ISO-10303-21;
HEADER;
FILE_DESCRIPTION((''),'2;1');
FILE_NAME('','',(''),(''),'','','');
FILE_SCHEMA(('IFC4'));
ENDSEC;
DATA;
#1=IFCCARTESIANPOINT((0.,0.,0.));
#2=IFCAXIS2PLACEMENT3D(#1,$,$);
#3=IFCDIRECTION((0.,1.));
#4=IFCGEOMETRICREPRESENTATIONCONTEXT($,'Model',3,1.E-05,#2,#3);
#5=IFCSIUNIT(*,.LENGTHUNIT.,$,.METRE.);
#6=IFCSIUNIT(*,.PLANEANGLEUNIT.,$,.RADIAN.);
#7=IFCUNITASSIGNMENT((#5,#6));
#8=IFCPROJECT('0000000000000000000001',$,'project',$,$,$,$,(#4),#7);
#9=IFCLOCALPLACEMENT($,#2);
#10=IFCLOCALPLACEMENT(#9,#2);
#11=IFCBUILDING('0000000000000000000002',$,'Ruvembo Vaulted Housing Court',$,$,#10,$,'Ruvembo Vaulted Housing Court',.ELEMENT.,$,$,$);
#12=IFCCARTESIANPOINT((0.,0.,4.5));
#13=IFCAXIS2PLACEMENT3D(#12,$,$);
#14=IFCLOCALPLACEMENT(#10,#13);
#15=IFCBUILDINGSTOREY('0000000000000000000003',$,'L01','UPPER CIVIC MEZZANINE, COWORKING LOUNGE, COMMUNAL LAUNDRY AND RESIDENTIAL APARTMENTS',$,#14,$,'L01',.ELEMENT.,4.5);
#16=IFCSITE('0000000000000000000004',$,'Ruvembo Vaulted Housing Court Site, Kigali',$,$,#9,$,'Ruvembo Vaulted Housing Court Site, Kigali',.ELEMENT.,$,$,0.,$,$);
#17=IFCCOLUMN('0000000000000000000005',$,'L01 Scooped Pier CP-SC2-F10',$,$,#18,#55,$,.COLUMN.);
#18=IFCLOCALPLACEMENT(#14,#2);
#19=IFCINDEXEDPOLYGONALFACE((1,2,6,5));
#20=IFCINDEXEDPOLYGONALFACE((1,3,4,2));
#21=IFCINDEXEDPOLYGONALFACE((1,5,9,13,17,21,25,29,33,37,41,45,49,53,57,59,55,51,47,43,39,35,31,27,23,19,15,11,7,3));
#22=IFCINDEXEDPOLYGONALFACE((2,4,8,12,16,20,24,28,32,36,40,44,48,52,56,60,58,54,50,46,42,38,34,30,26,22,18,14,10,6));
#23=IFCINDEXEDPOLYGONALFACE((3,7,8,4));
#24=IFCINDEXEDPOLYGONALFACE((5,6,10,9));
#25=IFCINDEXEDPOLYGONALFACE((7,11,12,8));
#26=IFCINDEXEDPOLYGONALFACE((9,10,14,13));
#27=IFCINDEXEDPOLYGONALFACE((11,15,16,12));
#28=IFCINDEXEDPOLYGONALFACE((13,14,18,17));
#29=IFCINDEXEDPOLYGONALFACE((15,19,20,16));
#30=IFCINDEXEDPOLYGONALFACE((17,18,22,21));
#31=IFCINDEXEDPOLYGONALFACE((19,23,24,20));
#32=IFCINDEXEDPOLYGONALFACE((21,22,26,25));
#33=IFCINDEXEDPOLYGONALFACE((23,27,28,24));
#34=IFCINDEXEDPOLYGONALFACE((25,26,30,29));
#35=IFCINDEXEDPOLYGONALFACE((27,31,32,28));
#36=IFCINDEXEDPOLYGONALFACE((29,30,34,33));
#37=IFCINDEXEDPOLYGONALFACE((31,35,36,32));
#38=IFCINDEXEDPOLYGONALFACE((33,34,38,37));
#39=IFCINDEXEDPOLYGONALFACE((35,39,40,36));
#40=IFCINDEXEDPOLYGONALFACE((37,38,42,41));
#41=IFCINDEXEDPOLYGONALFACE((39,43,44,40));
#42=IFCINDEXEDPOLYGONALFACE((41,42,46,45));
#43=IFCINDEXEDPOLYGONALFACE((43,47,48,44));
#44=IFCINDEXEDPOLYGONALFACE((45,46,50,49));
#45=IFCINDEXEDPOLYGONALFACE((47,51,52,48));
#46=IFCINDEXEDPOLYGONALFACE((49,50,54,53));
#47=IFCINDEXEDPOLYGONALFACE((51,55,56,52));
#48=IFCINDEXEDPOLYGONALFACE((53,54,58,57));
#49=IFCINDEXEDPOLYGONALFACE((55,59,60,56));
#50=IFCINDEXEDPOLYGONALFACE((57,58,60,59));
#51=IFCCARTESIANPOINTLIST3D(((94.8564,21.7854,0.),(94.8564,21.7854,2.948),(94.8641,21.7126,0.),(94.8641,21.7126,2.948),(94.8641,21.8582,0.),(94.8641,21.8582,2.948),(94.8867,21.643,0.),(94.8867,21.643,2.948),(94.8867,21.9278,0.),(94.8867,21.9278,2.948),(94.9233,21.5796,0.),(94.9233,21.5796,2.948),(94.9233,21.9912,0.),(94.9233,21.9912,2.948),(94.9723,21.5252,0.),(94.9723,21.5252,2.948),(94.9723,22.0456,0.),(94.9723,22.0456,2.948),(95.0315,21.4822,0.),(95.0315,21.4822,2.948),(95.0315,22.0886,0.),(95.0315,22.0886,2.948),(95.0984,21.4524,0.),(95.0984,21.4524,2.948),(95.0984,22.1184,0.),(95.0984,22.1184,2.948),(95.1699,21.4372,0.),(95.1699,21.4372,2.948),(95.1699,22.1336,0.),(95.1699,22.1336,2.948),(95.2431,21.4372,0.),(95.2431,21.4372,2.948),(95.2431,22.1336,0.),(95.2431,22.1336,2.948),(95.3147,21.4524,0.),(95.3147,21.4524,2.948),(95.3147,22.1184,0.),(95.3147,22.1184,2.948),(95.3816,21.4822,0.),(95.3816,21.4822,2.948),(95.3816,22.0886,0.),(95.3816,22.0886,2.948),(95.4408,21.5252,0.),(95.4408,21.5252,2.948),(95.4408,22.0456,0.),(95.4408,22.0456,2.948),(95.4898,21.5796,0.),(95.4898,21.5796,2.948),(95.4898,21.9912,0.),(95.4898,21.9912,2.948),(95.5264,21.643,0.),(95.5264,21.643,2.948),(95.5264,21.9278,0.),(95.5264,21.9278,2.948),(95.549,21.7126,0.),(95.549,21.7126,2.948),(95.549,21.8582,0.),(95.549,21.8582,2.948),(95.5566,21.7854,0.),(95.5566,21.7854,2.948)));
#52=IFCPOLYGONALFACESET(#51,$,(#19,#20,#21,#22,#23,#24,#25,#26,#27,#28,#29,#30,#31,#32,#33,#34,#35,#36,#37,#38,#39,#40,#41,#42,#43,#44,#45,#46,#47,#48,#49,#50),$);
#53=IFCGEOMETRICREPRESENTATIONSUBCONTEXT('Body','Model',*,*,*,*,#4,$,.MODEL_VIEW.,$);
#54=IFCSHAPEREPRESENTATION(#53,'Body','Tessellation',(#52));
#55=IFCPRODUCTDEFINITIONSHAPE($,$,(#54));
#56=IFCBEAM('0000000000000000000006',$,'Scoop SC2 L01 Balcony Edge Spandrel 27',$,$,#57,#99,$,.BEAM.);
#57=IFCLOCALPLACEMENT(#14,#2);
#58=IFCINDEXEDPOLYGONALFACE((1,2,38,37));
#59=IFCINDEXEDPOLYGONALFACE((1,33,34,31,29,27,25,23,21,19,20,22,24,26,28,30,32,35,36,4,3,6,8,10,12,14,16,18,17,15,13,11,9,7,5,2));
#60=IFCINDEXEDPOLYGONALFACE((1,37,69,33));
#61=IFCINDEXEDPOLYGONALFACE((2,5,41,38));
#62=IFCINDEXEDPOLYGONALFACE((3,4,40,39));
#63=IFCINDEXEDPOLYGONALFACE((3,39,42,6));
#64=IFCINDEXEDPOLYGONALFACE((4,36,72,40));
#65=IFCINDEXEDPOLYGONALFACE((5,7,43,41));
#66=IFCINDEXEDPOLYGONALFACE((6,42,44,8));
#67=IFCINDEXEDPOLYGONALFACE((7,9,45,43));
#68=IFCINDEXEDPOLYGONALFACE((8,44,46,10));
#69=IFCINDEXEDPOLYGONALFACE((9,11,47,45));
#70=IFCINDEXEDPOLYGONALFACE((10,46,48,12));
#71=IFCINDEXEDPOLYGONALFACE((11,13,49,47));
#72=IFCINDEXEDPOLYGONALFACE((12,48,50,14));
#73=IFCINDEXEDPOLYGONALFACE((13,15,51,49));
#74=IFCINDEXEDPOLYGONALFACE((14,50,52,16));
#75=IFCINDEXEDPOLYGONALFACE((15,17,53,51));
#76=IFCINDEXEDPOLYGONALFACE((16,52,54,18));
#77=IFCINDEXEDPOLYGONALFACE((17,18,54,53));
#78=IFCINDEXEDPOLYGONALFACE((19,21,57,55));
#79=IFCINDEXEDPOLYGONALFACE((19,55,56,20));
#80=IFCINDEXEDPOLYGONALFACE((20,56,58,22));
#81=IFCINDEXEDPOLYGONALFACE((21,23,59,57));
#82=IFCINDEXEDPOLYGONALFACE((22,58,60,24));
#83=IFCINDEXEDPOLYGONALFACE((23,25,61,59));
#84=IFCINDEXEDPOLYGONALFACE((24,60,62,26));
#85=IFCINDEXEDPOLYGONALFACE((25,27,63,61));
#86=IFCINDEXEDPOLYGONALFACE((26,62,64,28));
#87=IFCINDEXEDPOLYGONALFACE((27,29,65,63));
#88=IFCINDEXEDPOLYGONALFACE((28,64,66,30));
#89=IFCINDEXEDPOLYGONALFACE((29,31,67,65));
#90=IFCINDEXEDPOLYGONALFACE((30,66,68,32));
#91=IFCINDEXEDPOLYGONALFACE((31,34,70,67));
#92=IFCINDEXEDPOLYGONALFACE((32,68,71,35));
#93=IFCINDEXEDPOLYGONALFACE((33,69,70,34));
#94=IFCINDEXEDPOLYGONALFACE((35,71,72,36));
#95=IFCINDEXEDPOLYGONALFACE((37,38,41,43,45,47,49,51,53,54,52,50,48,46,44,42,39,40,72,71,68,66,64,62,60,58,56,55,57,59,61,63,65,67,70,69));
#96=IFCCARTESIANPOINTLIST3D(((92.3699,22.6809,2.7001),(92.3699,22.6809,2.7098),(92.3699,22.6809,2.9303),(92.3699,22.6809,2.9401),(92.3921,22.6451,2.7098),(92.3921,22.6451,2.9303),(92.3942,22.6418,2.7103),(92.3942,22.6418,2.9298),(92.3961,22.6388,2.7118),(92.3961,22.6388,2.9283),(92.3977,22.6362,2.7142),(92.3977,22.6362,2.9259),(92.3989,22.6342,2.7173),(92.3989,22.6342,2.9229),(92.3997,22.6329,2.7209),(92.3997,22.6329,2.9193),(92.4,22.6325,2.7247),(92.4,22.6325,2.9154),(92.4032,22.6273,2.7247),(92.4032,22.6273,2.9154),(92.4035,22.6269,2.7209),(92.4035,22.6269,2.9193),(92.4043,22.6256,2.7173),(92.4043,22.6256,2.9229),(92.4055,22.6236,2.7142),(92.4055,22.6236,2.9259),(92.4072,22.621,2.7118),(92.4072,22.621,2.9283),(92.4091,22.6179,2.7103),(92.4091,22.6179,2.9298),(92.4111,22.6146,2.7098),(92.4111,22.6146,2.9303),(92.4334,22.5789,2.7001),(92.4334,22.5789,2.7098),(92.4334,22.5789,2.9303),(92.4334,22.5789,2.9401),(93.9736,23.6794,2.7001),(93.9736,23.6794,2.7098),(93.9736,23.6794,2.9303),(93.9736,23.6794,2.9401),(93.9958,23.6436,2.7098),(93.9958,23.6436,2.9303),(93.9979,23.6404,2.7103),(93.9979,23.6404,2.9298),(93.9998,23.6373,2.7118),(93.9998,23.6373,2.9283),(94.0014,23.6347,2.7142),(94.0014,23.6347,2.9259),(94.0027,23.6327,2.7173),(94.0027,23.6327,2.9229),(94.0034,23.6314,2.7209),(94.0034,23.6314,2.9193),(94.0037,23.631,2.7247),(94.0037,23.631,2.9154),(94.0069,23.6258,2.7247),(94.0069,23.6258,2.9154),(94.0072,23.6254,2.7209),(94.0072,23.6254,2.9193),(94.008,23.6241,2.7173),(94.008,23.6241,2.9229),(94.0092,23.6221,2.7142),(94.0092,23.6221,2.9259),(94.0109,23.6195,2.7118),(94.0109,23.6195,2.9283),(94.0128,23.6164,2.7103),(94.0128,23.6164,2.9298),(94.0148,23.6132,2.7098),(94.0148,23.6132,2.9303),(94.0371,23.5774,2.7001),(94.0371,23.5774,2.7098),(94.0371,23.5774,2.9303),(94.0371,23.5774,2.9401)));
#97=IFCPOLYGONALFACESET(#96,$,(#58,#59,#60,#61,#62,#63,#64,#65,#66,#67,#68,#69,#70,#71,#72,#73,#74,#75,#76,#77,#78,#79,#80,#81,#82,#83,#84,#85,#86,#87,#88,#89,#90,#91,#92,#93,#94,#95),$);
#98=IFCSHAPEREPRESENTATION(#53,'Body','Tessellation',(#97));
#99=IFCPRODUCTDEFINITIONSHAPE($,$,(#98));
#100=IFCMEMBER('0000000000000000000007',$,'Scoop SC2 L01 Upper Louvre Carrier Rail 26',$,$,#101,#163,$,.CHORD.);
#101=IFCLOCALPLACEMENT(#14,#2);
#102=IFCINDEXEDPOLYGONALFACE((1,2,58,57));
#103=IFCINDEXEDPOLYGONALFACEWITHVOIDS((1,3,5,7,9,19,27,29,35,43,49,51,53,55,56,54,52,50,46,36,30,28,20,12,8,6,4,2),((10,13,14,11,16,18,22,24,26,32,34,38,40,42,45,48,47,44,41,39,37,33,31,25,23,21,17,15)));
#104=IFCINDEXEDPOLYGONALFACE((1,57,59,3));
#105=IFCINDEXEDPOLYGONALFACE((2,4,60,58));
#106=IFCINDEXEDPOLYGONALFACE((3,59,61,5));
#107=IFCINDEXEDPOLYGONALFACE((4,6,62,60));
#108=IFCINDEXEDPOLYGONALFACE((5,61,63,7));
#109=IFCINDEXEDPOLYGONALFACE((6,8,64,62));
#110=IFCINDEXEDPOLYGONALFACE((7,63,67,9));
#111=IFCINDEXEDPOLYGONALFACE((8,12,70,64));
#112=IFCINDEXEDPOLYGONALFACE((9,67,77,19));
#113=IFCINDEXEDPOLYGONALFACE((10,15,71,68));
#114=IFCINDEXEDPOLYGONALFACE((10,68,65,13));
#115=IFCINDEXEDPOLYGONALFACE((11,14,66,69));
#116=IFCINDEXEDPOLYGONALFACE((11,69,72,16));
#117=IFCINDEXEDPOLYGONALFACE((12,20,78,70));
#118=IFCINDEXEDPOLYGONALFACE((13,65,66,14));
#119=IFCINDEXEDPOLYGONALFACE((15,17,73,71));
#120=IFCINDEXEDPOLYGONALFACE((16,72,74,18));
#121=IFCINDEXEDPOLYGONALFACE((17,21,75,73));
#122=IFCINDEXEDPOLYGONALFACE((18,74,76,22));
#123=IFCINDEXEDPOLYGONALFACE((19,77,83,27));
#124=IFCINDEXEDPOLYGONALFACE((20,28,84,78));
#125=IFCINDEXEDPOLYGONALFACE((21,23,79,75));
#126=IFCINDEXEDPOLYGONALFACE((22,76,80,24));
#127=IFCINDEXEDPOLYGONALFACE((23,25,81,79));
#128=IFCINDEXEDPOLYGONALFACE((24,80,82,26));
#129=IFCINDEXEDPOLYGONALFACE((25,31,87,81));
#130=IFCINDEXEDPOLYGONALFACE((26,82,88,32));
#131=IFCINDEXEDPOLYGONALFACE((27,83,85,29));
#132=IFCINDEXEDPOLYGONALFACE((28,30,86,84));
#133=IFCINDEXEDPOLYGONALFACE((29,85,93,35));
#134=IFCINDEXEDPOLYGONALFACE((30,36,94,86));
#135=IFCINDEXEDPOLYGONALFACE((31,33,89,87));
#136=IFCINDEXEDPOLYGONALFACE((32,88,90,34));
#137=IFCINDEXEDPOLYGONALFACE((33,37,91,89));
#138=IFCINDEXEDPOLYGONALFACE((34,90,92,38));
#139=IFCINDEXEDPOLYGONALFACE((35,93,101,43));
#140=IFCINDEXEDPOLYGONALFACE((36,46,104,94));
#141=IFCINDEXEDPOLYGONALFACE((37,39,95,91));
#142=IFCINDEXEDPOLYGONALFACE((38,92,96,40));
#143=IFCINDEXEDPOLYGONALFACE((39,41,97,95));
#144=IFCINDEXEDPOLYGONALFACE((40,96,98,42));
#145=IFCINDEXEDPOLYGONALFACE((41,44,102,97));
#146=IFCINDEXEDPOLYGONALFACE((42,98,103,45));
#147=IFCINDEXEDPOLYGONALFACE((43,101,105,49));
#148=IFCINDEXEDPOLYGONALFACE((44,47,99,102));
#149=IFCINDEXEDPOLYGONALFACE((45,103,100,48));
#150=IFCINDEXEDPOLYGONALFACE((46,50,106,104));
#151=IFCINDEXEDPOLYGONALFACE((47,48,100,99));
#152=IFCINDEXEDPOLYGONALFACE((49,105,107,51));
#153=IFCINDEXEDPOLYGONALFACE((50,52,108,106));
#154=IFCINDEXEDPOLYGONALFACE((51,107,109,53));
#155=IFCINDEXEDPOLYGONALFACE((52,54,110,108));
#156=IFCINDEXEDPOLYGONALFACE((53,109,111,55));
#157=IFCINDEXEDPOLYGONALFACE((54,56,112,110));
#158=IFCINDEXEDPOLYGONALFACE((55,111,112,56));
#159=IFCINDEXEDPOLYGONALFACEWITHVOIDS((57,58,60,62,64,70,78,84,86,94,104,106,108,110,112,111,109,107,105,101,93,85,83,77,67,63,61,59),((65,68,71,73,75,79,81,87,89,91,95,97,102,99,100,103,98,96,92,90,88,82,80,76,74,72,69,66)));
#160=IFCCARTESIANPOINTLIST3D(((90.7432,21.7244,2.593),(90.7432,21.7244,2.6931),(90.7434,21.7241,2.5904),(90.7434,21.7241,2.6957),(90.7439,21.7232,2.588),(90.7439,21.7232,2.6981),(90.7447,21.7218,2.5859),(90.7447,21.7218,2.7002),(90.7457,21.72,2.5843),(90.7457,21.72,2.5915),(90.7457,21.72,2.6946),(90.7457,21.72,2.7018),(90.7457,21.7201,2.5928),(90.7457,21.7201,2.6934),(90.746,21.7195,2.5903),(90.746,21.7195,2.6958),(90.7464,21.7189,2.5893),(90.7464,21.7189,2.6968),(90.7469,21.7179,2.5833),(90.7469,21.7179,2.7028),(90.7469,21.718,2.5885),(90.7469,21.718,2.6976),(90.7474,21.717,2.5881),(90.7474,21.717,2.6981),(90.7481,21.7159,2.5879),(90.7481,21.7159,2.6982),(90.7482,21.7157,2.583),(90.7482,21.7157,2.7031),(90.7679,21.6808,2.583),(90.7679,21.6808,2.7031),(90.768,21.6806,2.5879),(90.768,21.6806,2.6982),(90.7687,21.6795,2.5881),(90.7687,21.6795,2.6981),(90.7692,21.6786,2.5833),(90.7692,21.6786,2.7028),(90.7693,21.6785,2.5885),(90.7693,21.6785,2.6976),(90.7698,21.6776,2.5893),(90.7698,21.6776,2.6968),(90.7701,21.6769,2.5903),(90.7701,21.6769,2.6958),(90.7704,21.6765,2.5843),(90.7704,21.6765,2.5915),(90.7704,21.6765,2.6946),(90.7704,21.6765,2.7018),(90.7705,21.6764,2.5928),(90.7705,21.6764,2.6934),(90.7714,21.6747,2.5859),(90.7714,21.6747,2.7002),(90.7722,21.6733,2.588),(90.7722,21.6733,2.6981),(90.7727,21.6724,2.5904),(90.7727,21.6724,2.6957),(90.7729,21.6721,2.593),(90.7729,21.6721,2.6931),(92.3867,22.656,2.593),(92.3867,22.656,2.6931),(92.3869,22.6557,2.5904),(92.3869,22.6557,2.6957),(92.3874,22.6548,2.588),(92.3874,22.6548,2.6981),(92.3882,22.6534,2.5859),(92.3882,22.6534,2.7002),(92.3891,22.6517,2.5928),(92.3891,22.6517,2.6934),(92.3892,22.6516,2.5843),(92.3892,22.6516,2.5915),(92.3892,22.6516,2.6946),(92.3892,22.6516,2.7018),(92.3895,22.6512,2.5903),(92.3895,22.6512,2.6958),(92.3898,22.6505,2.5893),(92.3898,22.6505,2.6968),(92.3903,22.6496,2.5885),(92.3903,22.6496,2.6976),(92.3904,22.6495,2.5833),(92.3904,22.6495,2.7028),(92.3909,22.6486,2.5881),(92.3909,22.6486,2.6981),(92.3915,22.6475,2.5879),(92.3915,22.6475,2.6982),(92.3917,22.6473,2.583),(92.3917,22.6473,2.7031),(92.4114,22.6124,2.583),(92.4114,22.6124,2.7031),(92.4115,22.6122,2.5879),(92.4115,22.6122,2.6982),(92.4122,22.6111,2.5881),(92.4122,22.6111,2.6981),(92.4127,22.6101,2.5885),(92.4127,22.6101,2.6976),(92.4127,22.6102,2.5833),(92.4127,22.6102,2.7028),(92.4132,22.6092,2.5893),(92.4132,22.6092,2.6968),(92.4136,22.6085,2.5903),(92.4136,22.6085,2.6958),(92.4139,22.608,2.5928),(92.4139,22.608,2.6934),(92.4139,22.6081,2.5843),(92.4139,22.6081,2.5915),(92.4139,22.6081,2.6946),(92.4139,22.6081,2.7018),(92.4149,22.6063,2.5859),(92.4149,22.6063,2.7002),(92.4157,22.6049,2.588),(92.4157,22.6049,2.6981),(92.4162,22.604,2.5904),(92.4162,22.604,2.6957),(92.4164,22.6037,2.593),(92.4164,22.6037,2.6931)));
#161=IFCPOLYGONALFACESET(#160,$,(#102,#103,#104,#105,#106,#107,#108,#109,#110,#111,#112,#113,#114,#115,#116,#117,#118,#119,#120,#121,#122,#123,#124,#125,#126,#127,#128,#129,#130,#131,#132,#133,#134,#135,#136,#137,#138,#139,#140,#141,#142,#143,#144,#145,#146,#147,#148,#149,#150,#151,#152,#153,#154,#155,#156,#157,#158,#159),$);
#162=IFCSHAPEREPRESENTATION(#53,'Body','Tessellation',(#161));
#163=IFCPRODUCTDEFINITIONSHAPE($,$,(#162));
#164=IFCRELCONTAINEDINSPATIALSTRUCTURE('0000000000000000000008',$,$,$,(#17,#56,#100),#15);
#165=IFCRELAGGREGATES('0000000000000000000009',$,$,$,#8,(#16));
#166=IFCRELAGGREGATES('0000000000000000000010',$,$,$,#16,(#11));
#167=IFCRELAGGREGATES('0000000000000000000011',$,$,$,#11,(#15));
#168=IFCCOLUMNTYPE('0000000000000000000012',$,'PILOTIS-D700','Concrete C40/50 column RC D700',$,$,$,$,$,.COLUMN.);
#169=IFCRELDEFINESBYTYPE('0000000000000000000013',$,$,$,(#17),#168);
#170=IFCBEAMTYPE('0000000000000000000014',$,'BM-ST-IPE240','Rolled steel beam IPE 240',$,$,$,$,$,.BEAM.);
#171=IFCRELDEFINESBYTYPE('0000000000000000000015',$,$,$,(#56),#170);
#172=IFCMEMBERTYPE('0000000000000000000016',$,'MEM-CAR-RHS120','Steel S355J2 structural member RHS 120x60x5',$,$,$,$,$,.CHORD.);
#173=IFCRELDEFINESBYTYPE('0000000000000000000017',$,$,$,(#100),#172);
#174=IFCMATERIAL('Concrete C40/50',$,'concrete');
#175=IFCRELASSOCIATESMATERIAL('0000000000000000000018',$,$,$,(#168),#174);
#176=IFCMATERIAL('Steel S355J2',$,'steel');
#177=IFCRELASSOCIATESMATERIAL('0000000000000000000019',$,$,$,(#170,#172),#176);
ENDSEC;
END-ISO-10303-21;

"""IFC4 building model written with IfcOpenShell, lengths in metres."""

from ifc_helpers import new_model, si_unit, direction, frame, origin, origin_2d, place, context, subcontext, project, spatial, hollow_rectangle, circle, i_section, extrude, material, material_profile, profile_set, type_object, element, save


model = new_model("IFC4")

# Units and contexts
model_context = context("Model", 3, precision=1e-05, world=origin(), true_north=direction((0.0, 1.0)))
body_context = subcontext(model_context, "Body", "Model", "MODEL_VIEW")
ifc_project = project(units=[si_unit("LENGTHUNIT", "METRE"), si_unit("PLANEANGLEUNIT", "RADIAN")], contexts=[model_context])

# Site, building, storey
site_placement = place(None, origin())
site = spatial("IfcSite", under=ifc_project, at=site_placement, Name="Ruvembo Vaulted Housing Court Site, Kigali", LongName="Ruvembo Vaulted Housing Court Site, Kigali", CompositionType="ELEMENT", RefElevation=0.0)
building_placement = place(site_placement, origin())
building = spatial("IfcBuilding", under=site, at=building_placement, Name="Ruvembo Vaulted Housing Court", LongName="Ruvembo Vaulted Housing Court", CompositionType="ELEMENT")
storey_placement = place(building_placement, frame((0.0, 0.0, 4.5)))
storey = spatial("IfcBuildingStorey", under=building, at=storey_placement, Name="L01", Description="UPPER CIVIC MEZZANINE, COWORKING LOUNGE, COMMUNAL LAUNDRY AND RESIDENTIAL APARTMENTS", LongName="L01", CompositionType="ELEMENT", Elevation=4.5)

# Column
ifc_material_1 = material(Name="Concrete C40/50", Category="concrete")
ifc_material_profile_1 = material_profile(ifc_material_1, circle(Radius=0.3501, at=origin_2d()), Name="RC D700")
ifc_profile_set_1 = profile_set([ifc_material_profile_1], Name="Concrete C40/50")
column_type = type_object("IfcColumnType", Name="PILOTIS-D700", Description="Concrete C40/50 column RC D700", PredefinedType="COLUMN", material=ifc_profile_set_1)
column_placement = place(storey_placement, frame((95.2065, 21.7854, 0.0), z_axis=(0.0, 0.0, 1.0), x_axis=(1.0, 0.0, 0.0)))
element("IfcColumn", 1, at=column_placement, inside=storey, type_object=column_type, Name="L01 Scooped Pier CP-SC2-F10", PredefinedType="COLUMN", context=body_context, shape_type="SweptSolid", body=[
    extrude(circle(Radius=0.3501, at=origin_2d()), origin(), (0.0, 0.0, 1.0), 2.948),
])

# Beam
ifc_material_2 = material(Name="Steel S355J2", Category="steel")
ifc_material_profile_2 = material_profile(ifc_material_2, i_section(OverallWidth=0.1201, OverallDepth=0.24, WebThickness=0.0061, FlangeThickness=0.0098, FilletRadius=0.0149, at=origin_2d()), Name="IPE 240")
ifc_profile_set_2 = profile_set([ifc_material_profile_2], Name="Steel S355J2")
beam_type = type_object("IfcBeamType", Name="BM-ST-IPE240", Description="Rolled steel beam IPE 240", PredefinedType="BEAM", material=ifc_profile_set_2)
beam_placement = place(storey_placement, frame((92.4016, 22.6299, 2.8201), z_axis=(0.848905, 0.528546, 0.0), x_axis=(-0.528546, 0.848905, 0.0)))
element("IfcBeam", 2, at=beam_placement, inside=storey, type_object=beam_type, Name="Scoop SC2 L01 Balcony Edge Spandrel 27", PredefinedType="BEAM", context=body_context, shape_type="SweptSolid", body=[
    extrude(i_section(OverallWidth=0.1201, OverallDepth=0.24, WebThickness=0.0061, FlangeThickness=0.0098, FilletRadius=0.0149, at=origin_2d()), origin(), (0.0, 0.0, 1.0), 1.8892),
])

# Member
ifc_material_profile_3 = material_profile(ifc_material_2, hollow_rectangle(XDim=0.0601, YDim=0.1201, WallThickness=0.0049, InnerFilletRadius=0.0049, OuterFilletRadius=0.01, at=origin_2d()), Name="RHS 120x60x5")
ifc_profile_set_3 = profile_set([ifc_material_profile_3], Name="Steel S355J2")
member_type_1 = type_object("IfcMemberType", Name="MEM-CAR-RHS120", Description="Steel S355J2 structural member RHS 120x60x5", PredefinedType="CHORD", material=ifc_profile_set_3)
for number, where, z_axis, x_axis, name in (
    (3, (90.7581, 21.6982, 2.6431), (0.869956, 0.49313, 0.0), (-0.49313, 0.869956, 0.0), "Scoop SC2 L01 Upper Louvre Carrier Rail 26"),
):
    element("IfcMember", number, at=place(storey_placement, frame(where, z_axis=z_axis, x_axis=x_axis)), inside=storey, type_object=member_type_1, Name=name, PredefinedType="CHORD", context=body_context, shape_type="SweptSolid", body=[
        extrude(hollow_rectangle(XDim=0.0601, YDim=0.1201, WallThickness=0.0049, InnerFilletRadius=0.0049, OuterFilletRadius=0.01, at=origin_2d()), origin(), (0.0, 0.0, 1.0), 1.8892),
    ])

save(model, "model.ifc")
